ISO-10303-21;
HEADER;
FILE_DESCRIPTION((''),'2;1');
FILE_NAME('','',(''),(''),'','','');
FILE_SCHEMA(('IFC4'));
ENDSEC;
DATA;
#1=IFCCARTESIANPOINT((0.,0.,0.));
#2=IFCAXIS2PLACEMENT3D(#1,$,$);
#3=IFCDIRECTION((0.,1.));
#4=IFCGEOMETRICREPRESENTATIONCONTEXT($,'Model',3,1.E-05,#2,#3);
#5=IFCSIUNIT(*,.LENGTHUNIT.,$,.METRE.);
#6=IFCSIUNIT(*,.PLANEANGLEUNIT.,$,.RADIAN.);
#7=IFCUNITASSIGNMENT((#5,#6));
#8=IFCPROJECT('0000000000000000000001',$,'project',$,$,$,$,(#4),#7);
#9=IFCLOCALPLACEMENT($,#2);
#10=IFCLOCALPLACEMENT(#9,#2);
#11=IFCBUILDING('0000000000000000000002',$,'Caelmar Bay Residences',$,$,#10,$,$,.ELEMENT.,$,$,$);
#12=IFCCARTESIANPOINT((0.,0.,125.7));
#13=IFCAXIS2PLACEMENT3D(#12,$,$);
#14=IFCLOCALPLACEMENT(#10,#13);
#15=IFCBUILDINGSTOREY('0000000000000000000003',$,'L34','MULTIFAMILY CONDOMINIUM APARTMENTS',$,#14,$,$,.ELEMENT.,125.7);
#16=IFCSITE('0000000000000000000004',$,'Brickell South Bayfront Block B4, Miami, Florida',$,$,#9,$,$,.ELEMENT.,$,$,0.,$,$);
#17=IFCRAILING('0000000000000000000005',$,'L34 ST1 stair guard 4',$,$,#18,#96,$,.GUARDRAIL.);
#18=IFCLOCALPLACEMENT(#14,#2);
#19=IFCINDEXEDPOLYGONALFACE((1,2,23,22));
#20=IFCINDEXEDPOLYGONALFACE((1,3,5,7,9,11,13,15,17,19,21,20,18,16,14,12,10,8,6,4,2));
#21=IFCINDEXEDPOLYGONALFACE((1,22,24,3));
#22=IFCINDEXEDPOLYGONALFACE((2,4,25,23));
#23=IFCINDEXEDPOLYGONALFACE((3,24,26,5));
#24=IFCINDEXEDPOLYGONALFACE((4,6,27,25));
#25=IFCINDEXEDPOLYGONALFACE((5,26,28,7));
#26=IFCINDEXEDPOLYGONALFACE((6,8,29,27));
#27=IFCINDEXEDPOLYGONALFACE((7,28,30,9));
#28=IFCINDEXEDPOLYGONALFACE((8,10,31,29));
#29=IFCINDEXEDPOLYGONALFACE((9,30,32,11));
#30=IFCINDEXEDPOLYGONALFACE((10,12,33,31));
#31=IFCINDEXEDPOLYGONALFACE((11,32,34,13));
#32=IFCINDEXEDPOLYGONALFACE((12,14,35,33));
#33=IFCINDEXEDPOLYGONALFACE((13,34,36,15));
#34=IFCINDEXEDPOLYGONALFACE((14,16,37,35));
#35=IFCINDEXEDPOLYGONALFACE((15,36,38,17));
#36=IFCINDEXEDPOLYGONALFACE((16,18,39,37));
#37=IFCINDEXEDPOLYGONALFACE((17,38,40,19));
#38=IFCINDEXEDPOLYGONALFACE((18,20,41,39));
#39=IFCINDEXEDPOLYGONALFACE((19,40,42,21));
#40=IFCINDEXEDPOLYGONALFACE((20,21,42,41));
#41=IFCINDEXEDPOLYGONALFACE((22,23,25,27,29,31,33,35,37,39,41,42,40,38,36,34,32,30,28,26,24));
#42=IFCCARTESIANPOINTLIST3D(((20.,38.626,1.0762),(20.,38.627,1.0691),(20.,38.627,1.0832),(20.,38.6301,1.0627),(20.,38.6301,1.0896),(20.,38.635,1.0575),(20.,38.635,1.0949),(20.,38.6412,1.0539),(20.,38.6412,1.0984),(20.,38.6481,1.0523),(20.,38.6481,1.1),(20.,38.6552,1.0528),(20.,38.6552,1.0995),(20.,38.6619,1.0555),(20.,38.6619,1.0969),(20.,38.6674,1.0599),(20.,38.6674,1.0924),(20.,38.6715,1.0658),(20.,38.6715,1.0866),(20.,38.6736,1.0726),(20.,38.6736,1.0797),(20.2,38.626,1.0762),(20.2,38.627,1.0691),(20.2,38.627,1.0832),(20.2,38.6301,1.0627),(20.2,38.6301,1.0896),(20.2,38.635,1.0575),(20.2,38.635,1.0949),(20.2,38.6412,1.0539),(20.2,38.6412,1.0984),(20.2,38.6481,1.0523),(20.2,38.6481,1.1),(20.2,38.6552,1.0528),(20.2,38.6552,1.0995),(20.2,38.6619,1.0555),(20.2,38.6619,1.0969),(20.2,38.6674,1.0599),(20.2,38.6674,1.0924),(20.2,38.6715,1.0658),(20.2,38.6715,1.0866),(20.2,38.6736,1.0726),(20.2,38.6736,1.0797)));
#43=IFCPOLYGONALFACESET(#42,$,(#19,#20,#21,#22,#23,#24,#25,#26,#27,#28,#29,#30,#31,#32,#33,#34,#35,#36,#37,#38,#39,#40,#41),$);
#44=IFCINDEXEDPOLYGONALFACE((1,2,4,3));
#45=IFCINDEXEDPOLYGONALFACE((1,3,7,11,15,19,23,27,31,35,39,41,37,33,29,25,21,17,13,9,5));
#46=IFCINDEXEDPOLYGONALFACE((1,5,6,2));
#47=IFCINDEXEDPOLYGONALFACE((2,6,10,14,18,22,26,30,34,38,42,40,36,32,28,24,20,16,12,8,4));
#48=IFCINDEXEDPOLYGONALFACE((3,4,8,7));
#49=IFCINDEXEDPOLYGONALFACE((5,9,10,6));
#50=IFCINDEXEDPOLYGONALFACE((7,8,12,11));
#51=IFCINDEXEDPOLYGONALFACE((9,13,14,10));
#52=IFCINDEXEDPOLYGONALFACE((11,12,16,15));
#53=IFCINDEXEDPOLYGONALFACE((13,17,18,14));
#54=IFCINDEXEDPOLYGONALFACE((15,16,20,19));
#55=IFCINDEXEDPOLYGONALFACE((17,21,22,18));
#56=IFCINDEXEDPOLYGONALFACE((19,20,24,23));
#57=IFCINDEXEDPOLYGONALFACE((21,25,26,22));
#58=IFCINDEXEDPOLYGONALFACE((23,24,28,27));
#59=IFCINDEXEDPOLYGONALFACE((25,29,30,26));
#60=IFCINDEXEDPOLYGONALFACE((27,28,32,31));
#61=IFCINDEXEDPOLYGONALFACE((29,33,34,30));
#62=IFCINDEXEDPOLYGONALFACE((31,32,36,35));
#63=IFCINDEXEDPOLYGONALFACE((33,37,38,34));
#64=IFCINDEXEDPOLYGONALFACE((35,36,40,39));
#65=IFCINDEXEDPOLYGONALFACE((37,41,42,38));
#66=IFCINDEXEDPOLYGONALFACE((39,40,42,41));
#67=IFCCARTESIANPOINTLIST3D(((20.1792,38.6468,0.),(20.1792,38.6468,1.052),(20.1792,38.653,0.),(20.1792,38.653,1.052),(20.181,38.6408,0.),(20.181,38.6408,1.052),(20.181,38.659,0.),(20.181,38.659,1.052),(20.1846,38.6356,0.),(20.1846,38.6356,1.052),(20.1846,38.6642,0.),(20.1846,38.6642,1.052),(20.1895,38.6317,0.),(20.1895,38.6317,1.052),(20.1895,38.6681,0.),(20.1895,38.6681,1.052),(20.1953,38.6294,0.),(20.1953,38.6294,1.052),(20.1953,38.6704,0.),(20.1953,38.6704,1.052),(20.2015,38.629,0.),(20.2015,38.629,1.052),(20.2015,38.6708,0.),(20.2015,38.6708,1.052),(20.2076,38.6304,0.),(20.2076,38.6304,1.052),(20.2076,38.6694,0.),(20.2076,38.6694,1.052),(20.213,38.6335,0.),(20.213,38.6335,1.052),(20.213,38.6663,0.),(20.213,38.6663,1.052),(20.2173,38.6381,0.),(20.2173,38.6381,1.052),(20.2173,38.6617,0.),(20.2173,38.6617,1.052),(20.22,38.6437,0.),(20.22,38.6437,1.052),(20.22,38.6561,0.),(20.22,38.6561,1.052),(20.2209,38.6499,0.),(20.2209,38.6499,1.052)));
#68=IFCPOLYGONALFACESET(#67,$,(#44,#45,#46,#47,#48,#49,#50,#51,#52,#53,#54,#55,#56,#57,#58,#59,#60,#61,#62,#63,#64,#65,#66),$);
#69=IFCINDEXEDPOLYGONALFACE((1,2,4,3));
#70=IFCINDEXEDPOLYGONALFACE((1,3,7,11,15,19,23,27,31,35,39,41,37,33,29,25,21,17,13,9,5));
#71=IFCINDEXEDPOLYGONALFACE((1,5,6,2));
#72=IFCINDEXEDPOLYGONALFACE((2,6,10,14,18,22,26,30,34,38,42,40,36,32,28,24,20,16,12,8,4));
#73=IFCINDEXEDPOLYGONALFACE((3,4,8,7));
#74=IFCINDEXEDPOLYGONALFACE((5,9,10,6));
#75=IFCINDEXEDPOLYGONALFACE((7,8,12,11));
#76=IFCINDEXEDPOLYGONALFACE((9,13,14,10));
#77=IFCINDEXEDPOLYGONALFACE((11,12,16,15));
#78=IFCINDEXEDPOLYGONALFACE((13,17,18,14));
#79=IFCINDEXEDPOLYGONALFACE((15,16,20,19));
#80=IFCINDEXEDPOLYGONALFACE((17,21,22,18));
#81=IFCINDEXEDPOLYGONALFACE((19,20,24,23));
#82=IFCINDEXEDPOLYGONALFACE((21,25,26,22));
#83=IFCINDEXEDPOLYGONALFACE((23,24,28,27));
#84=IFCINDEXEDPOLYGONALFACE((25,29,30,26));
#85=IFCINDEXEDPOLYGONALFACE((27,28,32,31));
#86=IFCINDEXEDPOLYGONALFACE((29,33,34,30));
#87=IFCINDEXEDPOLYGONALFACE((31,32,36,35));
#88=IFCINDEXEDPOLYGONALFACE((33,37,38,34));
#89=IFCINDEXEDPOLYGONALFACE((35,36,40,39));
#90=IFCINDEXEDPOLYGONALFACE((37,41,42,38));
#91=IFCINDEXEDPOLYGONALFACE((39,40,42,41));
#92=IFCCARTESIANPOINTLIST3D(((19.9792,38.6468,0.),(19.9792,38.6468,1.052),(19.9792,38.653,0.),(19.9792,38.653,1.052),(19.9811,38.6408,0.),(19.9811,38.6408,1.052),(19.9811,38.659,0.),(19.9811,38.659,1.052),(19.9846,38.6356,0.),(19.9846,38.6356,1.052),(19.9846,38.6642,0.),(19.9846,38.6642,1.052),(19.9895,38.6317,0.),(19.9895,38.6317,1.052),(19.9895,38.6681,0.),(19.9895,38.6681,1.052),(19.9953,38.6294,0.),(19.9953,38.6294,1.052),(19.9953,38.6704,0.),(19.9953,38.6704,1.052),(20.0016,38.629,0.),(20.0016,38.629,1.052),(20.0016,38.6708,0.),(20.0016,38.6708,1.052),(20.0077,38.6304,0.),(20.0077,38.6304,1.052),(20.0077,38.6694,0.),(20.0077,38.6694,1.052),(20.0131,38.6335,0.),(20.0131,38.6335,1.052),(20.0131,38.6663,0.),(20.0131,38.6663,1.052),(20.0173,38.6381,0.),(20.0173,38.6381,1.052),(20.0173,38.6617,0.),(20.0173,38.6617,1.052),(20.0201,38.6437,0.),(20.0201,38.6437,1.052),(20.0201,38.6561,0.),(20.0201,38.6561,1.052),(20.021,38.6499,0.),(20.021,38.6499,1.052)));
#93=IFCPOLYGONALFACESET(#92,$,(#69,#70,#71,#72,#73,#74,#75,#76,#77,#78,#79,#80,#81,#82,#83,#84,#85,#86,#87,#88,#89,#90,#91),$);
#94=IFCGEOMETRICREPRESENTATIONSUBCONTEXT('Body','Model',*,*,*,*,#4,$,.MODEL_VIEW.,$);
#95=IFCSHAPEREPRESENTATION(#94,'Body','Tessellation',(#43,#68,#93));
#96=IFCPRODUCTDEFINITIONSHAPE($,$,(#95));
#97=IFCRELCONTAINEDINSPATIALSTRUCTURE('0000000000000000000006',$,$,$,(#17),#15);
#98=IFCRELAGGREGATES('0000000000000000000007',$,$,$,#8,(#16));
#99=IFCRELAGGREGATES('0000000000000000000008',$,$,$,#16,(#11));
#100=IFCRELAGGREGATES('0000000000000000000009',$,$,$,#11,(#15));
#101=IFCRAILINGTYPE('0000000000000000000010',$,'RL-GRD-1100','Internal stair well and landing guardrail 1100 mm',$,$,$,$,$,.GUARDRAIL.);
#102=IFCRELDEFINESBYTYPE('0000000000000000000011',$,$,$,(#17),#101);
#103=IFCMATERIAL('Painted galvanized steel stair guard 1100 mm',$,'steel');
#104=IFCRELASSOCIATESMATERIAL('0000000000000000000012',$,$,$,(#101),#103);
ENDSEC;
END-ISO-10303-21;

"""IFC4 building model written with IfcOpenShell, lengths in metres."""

from ifc_helpers import new_model, si_unit, direction, frame, origin, origin_2d, place, context, subcontext, project, spatial, circle, extrude, material, type_object, element, save


model = new_model("IFC4")

# Units and contexts
model_context = context("Model", 3, precision=1e-05, world=origin(), true_north=direction((0.0, 1.0)))
body_context = subcontext(model_context, "Body", "Model", "MODEL_VIEW")
ifc_project = project(units=[si_unit("LENGTHUNIT", "METRE"), si_unit("PLANEANGLEUNIT", "RADIAN")], contexts=[model_context])

# Site, building, storey
site_placement = place(None, origin())
site = spatial("IfcSite", under=ifc_project, at=site_placement, Name="Brickell South Bayfront Block B4, Miami, Florida", CompositionType="ELEMENT", RefElevation=0.0)
building_placement = place(site_placement, origin())
building = spatial("IfcBuilding", under=site, at=building_placement, Name="Caelmar Bay Residences", CompositionType="ELEMENT")
storey_placement = place(building_placement, frame((0.0, 0.0, 125.7)))
storey = spatial("IfcBuildingStorey", under=building, at=storey_placement, Name="L34", Description="MULTIFAMILY CONDOMINIUM APARTMENTS", CompositionType="ELEMENT", Elevation=125.7)

# Railing
ifc_material_1 = material(Name="Painted galvanized steel stair guard 1100 mm", Category="steel")
railing_type_1 = type_object("IfcRailingType", Name="RL-GRD-1100", Description="Internal stair well and landing guardrail 1100 mm", PredefinedType="GUARDRAIL", material=ifc_material_1)
railing_1_placement = place(storey_placement, frame((20.2, 38.6499, 0.0)))
element("IfcRailing", 1, at=railing_1_placement, inside=storey, type_object=railing_type_1, Name="L34 ST1 stair guard 4", PredefinedType="GUARDRAIL", context=body_context, shape_type="SweptSolid", body=[
    extrude(circle(Radius=0.0239, at=origin_2d()), frame((0.0, 0.0, 1.0762), z_axis=(-1.0, 0.0, 0.0), x_axis=(0.0, -1.0, 0.0)), (0.0, 0.0, 1.0), 0.2),
    extrude(circle(Radius=0.021, at=origin_2d()), origin(), (0.0, 0.0, 1.0), 1.052),
    extrude(circle(Radius=0.021, at=origin_2d()), frame((-0.2, 0.0, 0.0)), (0.0, 0.0, 1.0), 1.052),
])

save(model, "model.ifc")
